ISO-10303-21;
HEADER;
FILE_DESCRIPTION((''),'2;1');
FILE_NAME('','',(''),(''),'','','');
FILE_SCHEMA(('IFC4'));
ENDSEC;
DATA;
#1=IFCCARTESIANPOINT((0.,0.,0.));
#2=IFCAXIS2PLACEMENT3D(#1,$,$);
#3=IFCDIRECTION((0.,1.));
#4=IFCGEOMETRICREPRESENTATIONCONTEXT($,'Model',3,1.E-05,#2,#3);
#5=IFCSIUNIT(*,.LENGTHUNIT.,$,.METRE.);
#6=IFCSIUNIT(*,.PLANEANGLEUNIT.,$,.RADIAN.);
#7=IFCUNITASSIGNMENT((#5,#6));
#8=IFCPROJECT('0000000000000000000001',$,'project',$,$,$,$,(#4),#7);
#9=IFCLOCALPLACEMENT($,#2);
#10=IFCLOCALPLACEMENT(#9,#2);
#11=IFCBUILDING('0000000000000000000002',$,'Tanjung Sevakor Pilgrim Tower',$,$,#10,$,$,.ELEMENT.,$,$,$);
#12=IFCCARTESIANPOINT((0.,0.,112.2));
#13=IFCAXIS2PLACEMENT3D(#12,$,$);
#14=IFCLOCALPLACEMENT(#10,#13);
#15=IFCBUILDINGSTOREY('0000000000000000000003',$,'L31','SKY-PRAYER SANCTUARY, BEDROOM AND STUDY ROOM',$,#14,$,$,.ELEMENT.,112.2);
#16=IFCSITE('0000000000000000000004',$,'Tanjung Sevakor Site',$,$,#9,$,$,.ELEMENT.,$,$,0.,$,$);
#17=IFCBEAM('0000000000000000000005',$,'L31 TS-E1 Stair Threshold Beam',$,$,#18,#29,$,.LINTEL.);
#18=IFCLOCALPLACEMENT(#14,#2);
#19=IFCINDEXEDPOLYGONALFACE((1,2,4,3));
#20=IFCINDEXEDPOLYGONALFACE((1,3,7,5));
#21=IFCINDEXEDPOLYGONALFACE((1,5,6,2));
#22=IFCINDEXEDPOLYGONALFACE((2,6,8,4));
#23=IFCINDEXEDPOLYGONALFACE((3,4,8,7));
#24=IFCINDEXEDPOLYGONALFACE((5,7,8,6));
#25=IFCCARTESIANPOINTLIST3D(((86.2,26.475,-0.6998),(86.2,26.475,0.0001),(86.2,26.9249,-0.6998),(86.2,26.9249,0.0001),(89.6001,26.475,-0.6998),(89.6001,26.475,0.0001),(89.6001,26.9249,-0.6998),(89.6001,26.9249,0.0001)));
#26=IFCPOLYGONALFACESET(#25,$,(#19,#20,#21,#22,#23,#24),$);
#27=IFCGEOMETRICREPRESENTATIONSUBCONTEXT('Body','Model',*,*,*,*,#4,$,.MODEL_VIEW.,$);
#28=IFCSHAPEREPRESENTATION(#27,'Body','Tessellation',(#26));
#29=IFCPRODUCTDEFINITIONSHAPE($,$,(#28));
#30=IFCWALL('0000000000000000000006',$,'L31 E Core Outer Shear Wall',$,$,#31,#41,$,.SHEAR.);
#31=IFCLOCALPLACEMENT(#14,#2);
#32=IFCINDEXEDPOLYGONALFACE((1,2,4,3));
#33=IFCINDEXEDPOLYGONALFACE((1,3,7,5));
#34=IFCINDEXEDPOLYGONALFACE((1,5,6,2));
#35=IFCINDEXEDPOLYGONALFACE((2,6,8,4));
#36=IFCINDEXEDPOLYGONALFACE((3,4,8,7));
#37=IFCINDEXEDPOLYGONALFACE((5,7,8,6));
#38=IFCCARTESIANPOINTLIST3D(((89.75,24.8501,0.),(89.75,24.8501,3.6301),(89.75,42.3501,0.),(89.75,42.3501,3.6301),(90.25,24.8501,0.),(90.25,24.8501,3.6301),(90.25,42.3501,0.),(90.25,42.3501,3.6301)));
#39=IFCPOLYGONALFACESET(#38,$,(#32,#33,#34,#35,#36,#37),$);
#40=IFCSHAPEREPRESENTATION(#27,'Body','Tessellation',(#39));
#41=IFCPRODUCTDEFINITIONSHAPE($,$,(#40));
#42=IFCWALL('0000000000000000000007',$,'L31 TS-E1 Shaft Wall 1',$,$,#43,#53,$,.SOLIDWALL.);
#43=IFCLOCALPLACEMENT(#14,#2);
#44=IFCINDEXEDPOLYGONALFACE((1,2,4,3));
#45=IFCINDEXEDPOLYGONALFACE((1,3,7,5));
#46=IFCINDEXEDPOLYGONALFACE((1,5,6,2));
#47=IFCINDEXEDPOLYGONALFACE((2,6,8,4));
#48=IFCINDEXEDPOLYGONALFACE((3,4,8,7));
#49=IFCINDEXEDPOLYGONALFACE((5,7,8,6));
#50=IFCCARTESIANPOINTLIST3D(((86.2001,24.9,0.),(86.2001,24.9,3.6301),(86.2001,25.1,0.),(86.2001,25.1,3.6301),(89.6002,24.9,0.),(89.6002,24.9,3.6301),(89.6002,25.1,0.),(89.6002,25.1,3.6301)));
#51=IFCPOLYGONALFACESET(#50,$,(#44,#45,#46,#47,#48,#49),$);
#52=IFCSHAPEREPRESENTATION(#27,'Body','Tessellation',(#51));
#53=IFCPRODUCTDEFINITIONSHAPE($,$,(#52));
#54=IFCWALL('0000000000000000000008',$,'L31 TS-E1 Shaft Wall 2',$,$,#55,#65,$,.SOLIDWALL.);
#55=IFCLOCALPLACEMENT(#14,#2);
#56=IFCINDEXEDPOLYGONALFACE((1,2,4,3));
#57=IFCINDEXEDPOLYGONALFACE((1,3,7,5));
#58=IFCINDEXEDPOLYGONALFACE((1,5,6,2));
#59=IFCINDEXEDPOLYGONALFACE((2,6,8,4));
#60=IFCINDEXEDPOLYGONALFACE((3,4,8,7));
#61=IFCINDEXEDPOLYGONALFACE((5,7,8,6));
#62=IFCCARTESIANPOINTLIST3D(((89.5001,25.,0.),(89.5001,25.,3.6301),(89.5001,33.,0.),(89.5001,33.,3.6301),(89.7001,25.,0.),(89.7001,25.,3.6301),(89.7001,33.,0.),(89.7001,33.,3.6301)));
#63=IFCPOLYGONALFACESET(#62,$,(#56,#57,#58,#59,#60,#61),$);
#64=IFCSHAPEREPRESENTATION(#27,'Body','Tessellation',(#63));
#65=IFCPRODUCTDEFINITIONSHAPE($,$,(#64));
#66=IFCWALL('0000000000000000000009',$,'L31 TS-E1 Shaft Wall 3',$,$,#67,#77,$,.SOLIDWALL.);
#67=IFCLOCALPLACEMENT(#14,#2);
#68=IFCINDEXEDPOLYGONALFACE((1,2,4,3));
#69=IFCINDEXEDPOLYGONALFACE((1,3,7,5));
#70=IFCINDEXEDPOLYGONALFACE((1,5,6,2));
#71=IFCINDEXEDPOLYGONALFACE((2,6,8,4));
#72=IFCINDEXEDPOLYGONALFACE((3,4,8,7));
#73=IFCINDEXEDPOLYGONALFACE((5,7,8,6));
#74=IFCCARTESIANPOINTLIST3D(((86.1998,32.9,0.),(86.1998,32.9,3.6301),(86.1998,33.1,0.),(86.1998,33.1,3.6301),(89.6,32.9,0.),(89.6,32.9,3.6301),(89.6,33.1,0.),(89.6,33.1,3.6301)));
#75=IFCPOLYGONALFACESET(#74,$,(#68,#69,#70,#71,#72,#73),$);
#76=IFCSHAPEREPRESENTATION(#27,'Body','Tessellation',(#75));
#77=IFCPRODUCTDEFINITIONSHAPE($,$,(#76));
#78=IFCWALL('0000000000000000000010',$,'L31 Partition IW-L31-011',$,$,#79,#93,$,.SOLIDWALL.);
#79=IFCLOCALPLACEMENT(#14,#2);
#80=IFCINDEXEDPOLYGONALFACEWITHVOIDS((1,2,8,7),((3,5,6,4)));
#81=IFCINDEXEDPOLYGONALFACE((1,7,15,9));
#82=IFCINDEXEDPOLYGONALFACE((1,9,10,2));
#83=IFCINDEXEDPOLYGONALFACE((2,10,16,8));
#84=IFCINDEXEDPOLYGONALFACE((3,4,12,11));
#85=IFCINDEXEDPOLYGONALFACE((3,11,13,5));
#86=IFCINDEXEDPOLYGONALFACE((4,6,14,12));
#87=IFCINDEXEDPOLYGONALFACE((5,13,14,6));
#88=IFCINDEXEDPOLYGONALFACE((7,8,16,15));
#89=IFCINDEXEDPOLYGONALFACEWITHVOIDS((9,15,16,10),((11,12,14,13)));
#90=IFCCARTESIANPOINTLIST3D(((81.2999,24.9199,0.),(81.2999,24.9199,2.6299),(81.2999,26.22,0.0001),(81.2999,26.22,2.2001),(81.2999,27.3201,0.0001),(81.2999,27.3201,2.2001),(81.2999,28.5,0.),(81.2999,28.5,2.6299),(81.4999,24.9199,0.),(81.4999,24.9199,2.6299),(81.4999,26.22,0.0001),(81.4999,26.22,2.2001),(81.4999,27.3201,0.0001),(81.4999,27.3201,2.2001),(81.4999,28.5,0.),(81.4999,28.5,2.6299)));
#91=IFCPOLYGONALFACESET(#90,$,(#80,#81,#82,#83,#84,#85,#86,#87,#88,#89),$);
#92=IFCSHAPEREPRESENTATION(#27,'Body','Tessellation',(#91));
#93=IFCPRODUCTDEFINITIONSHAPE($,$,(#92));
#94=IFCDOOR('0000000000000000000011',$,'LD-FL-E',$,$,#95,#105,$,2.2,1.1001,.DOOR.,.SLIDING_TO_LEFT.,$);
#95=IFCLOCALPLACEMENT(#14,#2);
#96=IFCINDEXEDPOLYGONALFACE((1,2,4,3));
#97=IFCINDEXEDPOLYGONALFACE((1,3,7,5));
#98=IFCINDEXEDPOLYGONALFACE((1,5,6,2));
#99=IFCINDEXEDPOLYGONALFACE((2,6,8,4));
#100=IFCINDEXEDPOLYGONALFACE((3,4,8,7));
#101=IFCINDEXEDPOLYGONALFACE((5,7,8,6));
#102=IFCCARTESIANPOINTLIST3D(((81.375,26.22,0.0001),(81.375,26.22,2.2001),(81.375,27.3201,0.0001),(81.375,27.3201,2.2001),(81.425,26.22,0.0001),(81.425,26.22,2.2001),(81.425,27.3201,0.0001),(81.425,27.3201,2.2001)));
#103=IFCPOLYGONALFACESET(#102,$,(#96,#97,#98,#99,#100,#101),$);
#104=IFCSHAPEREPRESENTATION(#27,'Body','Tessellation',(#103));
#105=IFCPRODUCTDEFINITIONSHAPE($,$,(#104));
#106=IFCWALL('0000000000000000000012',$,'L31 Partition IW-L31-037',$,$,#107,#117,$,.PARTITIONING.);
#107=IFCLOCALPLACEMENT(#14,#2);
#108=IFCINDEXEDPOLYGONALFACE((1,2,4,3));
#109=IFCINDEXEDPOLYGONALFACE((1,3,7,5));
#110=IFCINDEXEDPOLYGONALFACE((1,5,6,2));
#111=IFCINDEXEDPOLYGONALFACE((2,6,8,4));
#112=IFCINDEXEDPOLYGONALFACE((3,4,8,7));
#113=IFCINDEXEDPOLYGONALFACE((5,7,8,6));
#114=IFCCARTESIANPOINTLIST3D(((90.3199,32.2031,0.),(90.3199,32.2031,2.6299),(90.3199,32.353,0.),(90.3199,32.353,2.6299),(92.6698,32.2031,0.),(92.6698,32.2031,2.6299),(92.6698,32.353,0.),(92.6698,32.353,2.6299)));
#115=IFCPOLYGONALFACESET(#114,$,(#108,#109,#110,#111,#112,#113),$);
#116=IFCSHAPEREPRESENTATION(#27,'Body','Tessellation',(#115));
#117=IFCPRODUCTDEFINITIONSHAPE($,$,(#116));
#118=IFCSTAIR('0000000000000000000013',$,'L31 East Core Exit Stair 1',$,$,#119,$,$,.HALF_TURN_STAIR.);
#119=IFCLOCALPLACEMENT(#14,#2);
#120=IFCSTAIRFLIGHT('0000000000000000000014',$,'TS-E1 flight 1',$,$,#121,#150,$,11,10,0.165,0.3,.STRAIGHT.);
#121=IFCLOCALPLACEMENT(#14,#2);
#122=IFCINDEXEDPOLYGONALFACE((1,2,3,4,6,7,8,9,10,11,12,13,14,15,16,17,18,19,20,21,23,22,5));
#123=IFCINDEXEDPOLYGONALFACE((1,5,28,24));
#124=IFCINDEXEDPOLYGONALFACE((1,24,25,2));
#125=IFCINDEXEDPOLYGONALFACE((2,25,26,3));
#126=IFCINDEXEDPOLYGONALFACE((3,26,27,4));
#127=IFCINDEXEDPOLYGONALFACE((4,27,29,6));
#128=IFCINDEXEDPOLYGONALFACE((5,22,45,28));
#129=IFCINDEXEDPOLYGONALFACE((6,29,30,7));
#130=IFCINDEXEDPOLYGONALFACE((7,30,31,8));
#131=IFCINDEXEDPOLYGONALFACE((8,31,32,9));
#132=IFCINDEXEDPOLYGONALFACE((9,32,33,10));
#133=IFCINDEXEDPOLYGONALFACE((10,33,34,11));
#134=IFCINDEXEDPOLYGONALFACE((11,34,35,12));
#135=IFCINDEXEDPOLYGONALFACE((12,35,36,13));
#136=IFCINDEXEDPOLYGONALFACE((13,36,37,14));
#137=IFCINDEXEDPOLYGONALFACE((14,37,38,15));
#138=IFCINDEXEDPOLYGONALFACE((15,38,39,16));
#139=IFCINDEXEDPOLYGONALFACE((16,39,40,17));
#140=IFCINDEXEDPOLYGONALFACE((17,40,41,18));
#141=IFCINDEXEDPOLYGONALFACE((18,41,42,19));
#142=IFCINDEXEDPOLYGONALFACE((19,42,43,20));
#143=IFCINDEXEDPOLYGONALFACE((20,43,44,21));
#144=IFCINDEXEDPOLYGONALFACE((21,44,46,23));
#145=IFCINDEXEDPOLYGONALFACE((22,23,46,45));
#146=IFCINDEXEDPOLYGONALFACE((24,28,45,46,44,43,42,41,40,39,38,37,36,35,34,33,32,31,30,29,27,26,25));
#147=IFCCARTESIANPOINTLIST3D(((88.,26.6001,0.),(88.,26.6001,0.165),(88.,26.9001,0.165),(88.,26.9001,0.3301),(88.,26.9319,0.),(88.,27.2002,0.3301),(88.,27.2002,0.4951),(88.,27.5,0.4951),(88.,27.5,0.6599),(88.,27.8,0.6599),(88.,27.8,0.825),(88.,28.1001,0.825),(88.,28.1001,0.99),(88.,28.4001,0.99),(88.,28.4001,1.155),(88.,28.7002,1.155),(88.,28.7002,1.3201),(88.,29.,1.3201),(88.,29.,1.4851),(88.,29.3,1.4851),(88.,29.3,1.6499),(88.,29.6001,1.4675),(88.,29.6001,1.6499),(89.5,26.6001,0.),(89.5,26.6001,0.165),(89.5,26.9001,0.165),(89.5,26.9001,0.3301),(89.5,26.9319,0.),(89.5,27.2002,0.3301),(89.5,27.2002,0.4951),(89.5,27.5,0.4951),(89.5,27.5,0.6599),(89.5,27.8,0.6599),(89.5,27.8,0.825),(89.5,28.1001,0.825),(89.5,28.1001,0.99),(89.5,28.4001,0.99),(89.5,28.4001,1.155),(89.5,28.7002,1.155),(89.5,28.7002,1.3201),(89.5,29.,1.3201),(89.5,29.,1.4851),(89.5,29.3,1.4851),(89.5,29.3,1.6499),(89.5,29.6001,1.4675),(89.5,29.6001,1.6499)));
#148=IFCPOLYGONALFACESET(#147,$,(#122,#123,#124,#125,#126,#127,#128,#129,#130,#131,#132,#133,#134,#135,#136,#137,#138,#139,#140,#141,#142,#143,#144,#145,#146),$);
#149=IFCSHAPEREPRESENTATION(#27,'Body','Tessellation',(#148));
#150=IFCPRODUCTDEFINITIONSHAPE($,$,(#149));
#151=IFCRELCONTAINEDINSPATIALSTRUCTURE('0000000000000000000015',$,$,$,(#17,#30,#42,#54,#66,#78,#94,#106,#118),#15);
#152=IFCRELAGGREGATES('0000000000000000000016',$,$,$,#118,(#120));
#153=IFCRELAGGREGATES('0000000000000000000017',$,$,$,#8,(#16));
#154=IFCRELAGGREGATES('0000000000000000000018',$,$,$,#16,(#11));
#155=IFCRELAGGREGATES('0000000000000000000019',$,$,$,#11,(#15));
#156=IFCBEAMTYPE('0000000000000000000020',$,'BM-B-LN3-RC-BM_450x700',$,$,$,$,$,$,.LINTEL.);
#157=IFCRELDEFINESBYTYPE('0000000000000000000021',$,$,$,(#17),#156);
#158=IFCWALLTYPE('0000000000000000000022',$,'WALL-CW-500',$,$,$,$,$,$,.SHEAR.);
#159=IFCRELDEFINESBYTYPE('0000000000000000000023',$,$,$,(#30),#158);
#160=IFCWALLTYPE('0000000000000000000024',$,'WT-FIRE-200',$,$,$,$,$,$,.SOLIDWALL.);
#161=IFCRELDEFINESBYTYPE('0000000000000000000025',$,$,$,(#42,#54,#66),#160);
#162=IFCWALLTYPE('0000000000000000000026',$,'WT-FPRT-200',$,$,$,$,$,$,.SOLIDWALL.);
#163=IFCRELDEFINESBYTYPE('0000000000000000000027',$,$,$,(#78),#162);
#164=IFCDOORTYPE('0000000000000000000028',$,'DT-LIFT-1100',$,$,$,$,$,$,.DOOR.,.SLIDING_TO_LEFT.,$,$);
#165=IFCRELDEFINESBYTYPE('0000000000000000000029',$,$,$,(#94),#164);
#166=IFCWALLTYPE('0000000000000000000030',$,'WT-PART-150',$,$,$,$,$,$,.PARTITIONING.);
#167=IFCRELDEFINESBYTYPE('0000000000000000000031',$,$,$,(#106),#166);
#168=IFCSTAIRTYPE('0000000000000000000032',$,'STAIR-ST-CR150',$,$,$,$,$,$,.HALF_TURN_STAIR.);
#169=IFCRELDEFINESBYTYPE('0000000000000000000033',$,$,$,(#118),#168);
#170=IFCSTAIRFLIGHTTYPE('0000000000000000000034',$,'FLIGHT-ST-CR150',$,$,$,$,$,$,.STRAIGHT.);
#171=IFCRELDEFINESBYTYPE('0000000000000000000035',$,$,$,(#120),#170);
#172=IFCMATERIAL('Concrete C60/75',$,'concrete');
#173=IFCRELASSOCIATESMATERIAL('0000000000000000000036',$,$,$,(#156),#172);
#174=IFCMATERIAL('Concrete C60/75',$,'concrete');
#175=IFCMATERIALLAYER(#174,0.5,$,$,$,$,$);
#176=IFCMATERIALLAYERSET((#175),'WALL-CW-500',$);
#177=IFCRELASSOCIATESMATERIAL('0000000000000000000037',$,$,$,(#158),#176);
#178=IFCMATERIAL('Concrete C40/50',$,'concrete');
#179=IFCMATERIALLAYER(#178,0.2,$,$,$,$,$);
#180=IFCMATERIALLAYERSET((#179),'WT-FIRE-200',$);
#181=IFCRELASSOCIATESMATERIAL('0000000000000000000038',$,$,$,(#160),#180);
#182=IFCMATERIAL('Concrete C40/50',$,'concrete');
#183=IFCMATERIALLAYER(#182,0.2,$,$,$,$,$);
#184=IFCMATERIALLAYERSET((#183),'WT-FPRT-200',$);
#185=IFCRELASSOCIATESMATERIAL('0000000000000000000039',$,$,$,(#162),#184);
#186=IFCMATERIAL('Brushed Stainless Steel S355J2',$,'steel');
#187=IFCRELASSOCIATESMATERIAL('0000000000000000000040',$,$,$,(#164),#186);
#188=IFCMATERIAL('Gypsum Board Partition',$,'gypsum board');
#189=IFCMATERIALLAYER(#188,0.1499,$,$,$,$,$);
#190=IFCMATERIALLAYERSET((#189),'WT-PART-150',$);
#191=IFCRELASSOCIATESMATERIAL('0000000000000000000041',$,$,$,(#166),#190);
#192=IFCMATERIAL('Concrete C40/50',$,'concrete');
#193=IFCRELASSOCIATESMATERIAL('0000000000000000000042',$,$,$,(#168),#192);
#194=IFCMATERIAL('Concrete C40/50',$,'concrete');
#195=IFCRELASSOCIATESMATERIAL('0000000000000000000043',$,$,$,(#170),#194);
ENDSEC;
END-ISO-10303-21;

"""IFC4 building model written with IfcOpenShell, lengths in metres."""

from ifc_helpers import new_model, si_unit, direction, frame, frame_2d, origin, origin_2d, place, context, subcontext, project, spatial, polyline, rectangle, outline, extrude, material, layer, layer_set, material_profile, profile_set, type_object, element, fill, aggregate, save


model = new_model("IFC4")

# Units and contexts
model_context = context("Model", 3, precision=1e-05, world=origin(), true_north=direction((0.0, 1.0)))
body_context = subcontext(model_context, "Body", "Model", "MODEL_VIEW")
ifc_project = project(units=[si_unit("LENGTHUNIT", "METRE"), si_unit("PLANEANGLEUNIT", "RADIAN")], contexts=[model_context])

# Site, building, storey
site_placement = place(None, origin())
site = spatial("IfcSite", under=ifc_project, at=site_placement, Name="Tanjung Sevakor Site", CompositionType="ELEMENT", RefElevation=0.0)
building_placement = place(site_placement, origin())
building = spatial("IfcBuilding", under=site, at=building_placement, Name="Tanjung Sevakor Pilgrim Tower", CompositionType="ELEMENT")
storey_placement = place(building_placement, frame((0.0, 0.0, 112.2)))
storey = spatial("IfcBuildingStorey", under=building, at=storey_placement, Name="L31", Description="SKY-PRAYER SANCTUARY, BEDROOM AND STUDY ROOM", CompositionType="ELEMENT", Elevation=112.2)

# Beam
ifc_material_1 = material(Name="Concrete C60/75", Category="concrete")
ifc_material_profile = material_profile(ifc_material_1, rectangle(XDim=0.45, YDim=0.7, at=origin_2d()))
ifc_profile_set = profile_set([ifc_material_profile], Name="Concrete C60/75")
beam_type = type_object("IfcBeamType", Name="BM-B-LN3-RC-BM_450x700", PredefinedType="LINTEL", material=ifc_profile_set)
beam_placement = place(storey_placement, frame((86.2, 26.7, -0.3499), z_axis=(1.0, 0.0, 0.0), x_axis=(0.0, 1.0, 0.0)))
element("IfcBeam", 1, at=beam_placement, inside=storey, type_object=beam_type, Name="L31 TS-E1 Stair Threshold Beam", PredefinedType="LINTEL", context=body_context, shape_type="SweptSolid", body=[
    extrude(rectangle(XDim=0.45, YDim=0.7, at=origin_2d()), origin(), (0.0, 0.0, 1.0), 3.4001),
])

# Wall
ifc_material_2 = material(Name="Concrete C60/75", Category="concrete")
ifc_layer_1 = layer(ifc_material_2, 0.5)
ifc_layer_set_1 = layer_set([ifc_layer_1], Name="WALL-CW-500")
wall_type_1 = type_object("IfcWallType", Name="WALL-CW-500", PredefinedType="SHEAR", material=ifc_layer_set_1)
wall_1_placement = place(storey_placement, frame((90.0, 24.8501, 0.0), z_axis=(0.0, 0.0, 1.0), x_axis=(0.0, 1.0, 0.0)))
element("IfcWall", 2, at=wall_1_placement, inside=storey, type_object=wall_type_1, Name="L31 E Core Outer Shear Wall", PredefinedType="SHEAR", context=body_context, shape_type="SweptSolid", body=[
    extrude(rectangle(XDim=17.5, YDim=0.5, at=frame_2d((8.75, 0.0))), origin(), (0.0, 0.0, 1.0), 3.6301),
])

# Walls
ifc_material_3 = material(Name="Concrete C40/50", Category="concrete")
ifc_layer_2 = layer(ifc_material_3, 0.2)
ifc_layer_set_2 = layer_set([ifc_layer_2], Name="WT-FIRE-200")
wall_type_2 = type_object("IfcWallType", Name="WT-FIRE-200", PredefinedType="SOLIDWALL", material=ifc_layer_set_2)
wall_2_placement = place(storey_placement, frame((86.2, 25.0, 0.0), z_axis=(0.0, 0.0, 1.0), x_axis=(1.0, 0.0, 0.0)))
element("IfcWall", 3, at=wall_2_placement, inside=storey, type_object=wall_type_2, Name="L31 TS-E1 Shaft Wall 1", PredefinedType="SOLIDWALL", context=body_context, shape_type="SweptSolid", body=[
    extrude(rectangle(XDim=3.4001, YDim=0.2, at=frame_2d((1.7002, 0.0))), origin(), (0.0, 0.0, 1.0), 3.6301),
])
wall_3_placement = place(storey_placement, frame((89.6001, 25.0, 0.0), z_axis=(0.0, 0.0, 1.0), x_axis=(0.0, 1.0, 0.0)))
element("IfcWall", 4, at=wall_3_placement, inside=storey, type_object=wall_type_2, Name="L31 TS-E1 Shaft Wall 2", PredefinedType="SOLIDWALL", context=body_context, shape_type="SweptSolid", body=[
    extrude(rectangle(XDim=8.0, YDim=0.2, at=frame_2d((4.0, 0.0))), origin(), (0.0, 0.0, 1.0), 3.6301),
])
wall_4_placement = place(storey_placement, frame((89.6001, 33.0, 0.0), z_axis=(0.0, 0.0, 1.0), x_axis=(-1.0, 0.0, 0.0)))
element("IfcWall", 5, at=wall_4_placement, inside=storey, type_object=wall_type_2, Name="L31 TS-E1 Shaft Wall 3", PredefinedType="SOLIDWALL", context=body_context, shape_type="SweptSolid", body=[
    extrude(rectangle(XDim=3.4001, YDim=0.2, at=frame_2d((1.7002, 0.0))), origin(), (0.0, 0.0, 1.0), 3.6301),
])

# Wall, opening, door
ifc_material_4 = material(Name="Concrete C40/50", Category="concrete")
ifc_layer_3 = layer(ifc_material_4, 0.2)
ifc_layer_set_3 = layer_set([ifc_layer_3], Name="WT-FPRT-200")
wall_type_3 = type_object("IfcWallType", Name="WT-FPRT-200", PredefinedType="SOLIDWALL", material=ifc_layer_set_3)
wall_5_placement = place(storey_placement, frame((81.3999, 24.9199, 0.0), z_axis=(0.0, 0.0, 1.0), x_axis=(0.0, 1.0, 0.0)))
wall_5 = element("IfcWall", 6, at=wall_5_placement, inside=storey, type_object=wall_type_3, Name="L31 Partition IW-L31-011", PredefinedType="SOLIDWALL", context=body_context, shape_type="SweptSolid", body=[
    extrude(rectangle(XDim=3.5801, YDim=0.2, at=frame_2d((1.79, 0.0))), origin(), (0.0, 0.0, 1.0), 2.6299),
])
opening_1_placement = place(wall_5_placement, frame((1.3, 0.0, 0.0)))
opening_1 = element("IfcOpeningElement", 7, at=opening_1_placement, cuts=wall_5, PredefinedType="OPENING", context=body_context, shape_type="SweptSolid", body=[
    extrude(rectangle(XDim=1.1001, YDim=2.2, at=frame_2d((0.55, 1.1001))), frame((0.0, 0.1099, 0.0), z_axis=(0.0, -1.0, 0.0), x_axis=(1.0, 0.0, 0.0)), (0.0, 0.0, 1.0), 0.22),
])
ifc_material_5 = material(Name="Brushed Stainless Steel S355J2", Category="steel")
door_type_1 = type_object("IfcDoorType", Name="DT-LIFT-1100", OperationType="SLIDING_TO_LEFT", PredefinedType="DOOR", material=ifc_material_5)
door_1_placement = place(opening_1_placement, origin())
door_1 = element("IfcDoor", 8, at=door_1_placement, inside=storey, type_object=door_type_1, Name="LD-FL-E", OperationType="SLIDING_TO_LEFT", OverallHeight=2.2, OverallWidth=1.1001, PredefinedType="DOOR", context=body_context, shape_type="SweptSolid", body=[
    extrude(rectangle(XDim=1.1001, YDim=2.2, at=frame_2d((0.55, 1.1001))), frame((0.0, 0.0249, 0.0), z_axis=(0.0, -1.0, 0.0), x_axis=(1.0, 0.0, 0.0)), (0.0, 0.0, 1.0), 0.05),
])
fill(opening_1, door_1)

# Wall
ifc_material_6 = material(Name="Gypsum Board Partition", Category="gypsum board")
ifc_layer_4 = layer(ifc_material_6, 0.1499)
ifc_layer_set_4 = layer_set([ifc_layer_4], Name="WT-PART-150")
wall_type_4 = type_object("IfcWallType", Name="WT-PART-150", PredefinedType="PARTITIONING", material=ifc_layer_set_4)
wall_6_placement = place(storey_placement, frame((90.3201, 32.2781, 0.0), z_axis=(0.0, 0.0, 1.0), x_axis=(1.0, 0.0, 0.0)))
element("IfcWall", 9, at=wall_6_placement, inside=storey, type_object=wall_type_4, Name="L31 Partition IW-L31-037", PredefinedType="PARTITIONING", context=body_context, shape_type="SweptSolid", body=[
    extrude(rectangle(XDim=2.3499, YDim=0.1499, at=frame_2d((1.1748, 0.0))), origin(), (0.0, 0.0, 1.0), 2.6299),
])

# Stair, stair flight
ifc_material_7 = material(Name="Concrete C40/50", Category="concrete")
stair_type = type_object("IfcStairType", Name="STAIR-ST-CR150", PredefinedType="HALF_TURN_STAIR", material=ifc_material_7)
stair_placement = place(storey_placement, origin())
stair = element("IfcStair", 10, at=stair_placement, inside=storey, type_object=stair_type, Name="L31 East Core Exit Stair 1", PredefinedType="HALF_TURN_STAIR")
ifc_material_8 = material(Name="Concrete C40/50", Category="concrete")
stair_flight_type = type_object("IfcStairFlightType", Name="FLIGHT-ST-CR150", PredefinedType="STRAIGHT", material=ifc_material_8)
stair_flight_1_placement = place(storey_placement, frame((88.75, 26.6001, 0.0), z_axis=(0.0, 0.0, 1.0), x_axis=(0.0, 1.0, 0.0)))
stair_flight_1 = element("IfcStairFlight", 11, at=stair_flight_1_placement, type_object=stair_flight_type, Name="TS-E1 flight 1", NumberOfRisers=11, NumberOfTreads=10, PredefinedType="STRAIGHT", RiserHeight=0.165, TreadLength=0.3, context=body_context, shape_type="SweptSolid", body=[
    extrude(outline(polyline([(0.0, 0.0), (0.0, 0.165), (0.3, 0.165), (0.3, 0.3301), (0.6001, 0.3301), (0.6001, 0.4951), (0.8999, 0.4951), (0.8999, 0.6599), (1.2, 0.6599), (1.2, 0.825), (1.5, 0.825), (1.5, 0.99), (1.8, 0.99), (1.8, 1.155), (2.1001, 1.155), (2.1001, 1.3201), (2.3999, 1.3201), (2.3999, 1.4851), (2.7, 1.4851), (2.7, 1.6499), (3.0, 1.6499), (3.0, 1.8149), (3.0, 1.4675), (0.3318, 0.0), (0.0, 0.0)])), frame((0.0, 0.75, 0.0), z_axis=(0.0, -1.0, 0.0), x_axis=(1.0, 0.0, 0.0)), (0.0, 0.0, 1.0), 1.5),
])
aggregate(stair, [stair_flight_1])

save(model, "model.ifc")
